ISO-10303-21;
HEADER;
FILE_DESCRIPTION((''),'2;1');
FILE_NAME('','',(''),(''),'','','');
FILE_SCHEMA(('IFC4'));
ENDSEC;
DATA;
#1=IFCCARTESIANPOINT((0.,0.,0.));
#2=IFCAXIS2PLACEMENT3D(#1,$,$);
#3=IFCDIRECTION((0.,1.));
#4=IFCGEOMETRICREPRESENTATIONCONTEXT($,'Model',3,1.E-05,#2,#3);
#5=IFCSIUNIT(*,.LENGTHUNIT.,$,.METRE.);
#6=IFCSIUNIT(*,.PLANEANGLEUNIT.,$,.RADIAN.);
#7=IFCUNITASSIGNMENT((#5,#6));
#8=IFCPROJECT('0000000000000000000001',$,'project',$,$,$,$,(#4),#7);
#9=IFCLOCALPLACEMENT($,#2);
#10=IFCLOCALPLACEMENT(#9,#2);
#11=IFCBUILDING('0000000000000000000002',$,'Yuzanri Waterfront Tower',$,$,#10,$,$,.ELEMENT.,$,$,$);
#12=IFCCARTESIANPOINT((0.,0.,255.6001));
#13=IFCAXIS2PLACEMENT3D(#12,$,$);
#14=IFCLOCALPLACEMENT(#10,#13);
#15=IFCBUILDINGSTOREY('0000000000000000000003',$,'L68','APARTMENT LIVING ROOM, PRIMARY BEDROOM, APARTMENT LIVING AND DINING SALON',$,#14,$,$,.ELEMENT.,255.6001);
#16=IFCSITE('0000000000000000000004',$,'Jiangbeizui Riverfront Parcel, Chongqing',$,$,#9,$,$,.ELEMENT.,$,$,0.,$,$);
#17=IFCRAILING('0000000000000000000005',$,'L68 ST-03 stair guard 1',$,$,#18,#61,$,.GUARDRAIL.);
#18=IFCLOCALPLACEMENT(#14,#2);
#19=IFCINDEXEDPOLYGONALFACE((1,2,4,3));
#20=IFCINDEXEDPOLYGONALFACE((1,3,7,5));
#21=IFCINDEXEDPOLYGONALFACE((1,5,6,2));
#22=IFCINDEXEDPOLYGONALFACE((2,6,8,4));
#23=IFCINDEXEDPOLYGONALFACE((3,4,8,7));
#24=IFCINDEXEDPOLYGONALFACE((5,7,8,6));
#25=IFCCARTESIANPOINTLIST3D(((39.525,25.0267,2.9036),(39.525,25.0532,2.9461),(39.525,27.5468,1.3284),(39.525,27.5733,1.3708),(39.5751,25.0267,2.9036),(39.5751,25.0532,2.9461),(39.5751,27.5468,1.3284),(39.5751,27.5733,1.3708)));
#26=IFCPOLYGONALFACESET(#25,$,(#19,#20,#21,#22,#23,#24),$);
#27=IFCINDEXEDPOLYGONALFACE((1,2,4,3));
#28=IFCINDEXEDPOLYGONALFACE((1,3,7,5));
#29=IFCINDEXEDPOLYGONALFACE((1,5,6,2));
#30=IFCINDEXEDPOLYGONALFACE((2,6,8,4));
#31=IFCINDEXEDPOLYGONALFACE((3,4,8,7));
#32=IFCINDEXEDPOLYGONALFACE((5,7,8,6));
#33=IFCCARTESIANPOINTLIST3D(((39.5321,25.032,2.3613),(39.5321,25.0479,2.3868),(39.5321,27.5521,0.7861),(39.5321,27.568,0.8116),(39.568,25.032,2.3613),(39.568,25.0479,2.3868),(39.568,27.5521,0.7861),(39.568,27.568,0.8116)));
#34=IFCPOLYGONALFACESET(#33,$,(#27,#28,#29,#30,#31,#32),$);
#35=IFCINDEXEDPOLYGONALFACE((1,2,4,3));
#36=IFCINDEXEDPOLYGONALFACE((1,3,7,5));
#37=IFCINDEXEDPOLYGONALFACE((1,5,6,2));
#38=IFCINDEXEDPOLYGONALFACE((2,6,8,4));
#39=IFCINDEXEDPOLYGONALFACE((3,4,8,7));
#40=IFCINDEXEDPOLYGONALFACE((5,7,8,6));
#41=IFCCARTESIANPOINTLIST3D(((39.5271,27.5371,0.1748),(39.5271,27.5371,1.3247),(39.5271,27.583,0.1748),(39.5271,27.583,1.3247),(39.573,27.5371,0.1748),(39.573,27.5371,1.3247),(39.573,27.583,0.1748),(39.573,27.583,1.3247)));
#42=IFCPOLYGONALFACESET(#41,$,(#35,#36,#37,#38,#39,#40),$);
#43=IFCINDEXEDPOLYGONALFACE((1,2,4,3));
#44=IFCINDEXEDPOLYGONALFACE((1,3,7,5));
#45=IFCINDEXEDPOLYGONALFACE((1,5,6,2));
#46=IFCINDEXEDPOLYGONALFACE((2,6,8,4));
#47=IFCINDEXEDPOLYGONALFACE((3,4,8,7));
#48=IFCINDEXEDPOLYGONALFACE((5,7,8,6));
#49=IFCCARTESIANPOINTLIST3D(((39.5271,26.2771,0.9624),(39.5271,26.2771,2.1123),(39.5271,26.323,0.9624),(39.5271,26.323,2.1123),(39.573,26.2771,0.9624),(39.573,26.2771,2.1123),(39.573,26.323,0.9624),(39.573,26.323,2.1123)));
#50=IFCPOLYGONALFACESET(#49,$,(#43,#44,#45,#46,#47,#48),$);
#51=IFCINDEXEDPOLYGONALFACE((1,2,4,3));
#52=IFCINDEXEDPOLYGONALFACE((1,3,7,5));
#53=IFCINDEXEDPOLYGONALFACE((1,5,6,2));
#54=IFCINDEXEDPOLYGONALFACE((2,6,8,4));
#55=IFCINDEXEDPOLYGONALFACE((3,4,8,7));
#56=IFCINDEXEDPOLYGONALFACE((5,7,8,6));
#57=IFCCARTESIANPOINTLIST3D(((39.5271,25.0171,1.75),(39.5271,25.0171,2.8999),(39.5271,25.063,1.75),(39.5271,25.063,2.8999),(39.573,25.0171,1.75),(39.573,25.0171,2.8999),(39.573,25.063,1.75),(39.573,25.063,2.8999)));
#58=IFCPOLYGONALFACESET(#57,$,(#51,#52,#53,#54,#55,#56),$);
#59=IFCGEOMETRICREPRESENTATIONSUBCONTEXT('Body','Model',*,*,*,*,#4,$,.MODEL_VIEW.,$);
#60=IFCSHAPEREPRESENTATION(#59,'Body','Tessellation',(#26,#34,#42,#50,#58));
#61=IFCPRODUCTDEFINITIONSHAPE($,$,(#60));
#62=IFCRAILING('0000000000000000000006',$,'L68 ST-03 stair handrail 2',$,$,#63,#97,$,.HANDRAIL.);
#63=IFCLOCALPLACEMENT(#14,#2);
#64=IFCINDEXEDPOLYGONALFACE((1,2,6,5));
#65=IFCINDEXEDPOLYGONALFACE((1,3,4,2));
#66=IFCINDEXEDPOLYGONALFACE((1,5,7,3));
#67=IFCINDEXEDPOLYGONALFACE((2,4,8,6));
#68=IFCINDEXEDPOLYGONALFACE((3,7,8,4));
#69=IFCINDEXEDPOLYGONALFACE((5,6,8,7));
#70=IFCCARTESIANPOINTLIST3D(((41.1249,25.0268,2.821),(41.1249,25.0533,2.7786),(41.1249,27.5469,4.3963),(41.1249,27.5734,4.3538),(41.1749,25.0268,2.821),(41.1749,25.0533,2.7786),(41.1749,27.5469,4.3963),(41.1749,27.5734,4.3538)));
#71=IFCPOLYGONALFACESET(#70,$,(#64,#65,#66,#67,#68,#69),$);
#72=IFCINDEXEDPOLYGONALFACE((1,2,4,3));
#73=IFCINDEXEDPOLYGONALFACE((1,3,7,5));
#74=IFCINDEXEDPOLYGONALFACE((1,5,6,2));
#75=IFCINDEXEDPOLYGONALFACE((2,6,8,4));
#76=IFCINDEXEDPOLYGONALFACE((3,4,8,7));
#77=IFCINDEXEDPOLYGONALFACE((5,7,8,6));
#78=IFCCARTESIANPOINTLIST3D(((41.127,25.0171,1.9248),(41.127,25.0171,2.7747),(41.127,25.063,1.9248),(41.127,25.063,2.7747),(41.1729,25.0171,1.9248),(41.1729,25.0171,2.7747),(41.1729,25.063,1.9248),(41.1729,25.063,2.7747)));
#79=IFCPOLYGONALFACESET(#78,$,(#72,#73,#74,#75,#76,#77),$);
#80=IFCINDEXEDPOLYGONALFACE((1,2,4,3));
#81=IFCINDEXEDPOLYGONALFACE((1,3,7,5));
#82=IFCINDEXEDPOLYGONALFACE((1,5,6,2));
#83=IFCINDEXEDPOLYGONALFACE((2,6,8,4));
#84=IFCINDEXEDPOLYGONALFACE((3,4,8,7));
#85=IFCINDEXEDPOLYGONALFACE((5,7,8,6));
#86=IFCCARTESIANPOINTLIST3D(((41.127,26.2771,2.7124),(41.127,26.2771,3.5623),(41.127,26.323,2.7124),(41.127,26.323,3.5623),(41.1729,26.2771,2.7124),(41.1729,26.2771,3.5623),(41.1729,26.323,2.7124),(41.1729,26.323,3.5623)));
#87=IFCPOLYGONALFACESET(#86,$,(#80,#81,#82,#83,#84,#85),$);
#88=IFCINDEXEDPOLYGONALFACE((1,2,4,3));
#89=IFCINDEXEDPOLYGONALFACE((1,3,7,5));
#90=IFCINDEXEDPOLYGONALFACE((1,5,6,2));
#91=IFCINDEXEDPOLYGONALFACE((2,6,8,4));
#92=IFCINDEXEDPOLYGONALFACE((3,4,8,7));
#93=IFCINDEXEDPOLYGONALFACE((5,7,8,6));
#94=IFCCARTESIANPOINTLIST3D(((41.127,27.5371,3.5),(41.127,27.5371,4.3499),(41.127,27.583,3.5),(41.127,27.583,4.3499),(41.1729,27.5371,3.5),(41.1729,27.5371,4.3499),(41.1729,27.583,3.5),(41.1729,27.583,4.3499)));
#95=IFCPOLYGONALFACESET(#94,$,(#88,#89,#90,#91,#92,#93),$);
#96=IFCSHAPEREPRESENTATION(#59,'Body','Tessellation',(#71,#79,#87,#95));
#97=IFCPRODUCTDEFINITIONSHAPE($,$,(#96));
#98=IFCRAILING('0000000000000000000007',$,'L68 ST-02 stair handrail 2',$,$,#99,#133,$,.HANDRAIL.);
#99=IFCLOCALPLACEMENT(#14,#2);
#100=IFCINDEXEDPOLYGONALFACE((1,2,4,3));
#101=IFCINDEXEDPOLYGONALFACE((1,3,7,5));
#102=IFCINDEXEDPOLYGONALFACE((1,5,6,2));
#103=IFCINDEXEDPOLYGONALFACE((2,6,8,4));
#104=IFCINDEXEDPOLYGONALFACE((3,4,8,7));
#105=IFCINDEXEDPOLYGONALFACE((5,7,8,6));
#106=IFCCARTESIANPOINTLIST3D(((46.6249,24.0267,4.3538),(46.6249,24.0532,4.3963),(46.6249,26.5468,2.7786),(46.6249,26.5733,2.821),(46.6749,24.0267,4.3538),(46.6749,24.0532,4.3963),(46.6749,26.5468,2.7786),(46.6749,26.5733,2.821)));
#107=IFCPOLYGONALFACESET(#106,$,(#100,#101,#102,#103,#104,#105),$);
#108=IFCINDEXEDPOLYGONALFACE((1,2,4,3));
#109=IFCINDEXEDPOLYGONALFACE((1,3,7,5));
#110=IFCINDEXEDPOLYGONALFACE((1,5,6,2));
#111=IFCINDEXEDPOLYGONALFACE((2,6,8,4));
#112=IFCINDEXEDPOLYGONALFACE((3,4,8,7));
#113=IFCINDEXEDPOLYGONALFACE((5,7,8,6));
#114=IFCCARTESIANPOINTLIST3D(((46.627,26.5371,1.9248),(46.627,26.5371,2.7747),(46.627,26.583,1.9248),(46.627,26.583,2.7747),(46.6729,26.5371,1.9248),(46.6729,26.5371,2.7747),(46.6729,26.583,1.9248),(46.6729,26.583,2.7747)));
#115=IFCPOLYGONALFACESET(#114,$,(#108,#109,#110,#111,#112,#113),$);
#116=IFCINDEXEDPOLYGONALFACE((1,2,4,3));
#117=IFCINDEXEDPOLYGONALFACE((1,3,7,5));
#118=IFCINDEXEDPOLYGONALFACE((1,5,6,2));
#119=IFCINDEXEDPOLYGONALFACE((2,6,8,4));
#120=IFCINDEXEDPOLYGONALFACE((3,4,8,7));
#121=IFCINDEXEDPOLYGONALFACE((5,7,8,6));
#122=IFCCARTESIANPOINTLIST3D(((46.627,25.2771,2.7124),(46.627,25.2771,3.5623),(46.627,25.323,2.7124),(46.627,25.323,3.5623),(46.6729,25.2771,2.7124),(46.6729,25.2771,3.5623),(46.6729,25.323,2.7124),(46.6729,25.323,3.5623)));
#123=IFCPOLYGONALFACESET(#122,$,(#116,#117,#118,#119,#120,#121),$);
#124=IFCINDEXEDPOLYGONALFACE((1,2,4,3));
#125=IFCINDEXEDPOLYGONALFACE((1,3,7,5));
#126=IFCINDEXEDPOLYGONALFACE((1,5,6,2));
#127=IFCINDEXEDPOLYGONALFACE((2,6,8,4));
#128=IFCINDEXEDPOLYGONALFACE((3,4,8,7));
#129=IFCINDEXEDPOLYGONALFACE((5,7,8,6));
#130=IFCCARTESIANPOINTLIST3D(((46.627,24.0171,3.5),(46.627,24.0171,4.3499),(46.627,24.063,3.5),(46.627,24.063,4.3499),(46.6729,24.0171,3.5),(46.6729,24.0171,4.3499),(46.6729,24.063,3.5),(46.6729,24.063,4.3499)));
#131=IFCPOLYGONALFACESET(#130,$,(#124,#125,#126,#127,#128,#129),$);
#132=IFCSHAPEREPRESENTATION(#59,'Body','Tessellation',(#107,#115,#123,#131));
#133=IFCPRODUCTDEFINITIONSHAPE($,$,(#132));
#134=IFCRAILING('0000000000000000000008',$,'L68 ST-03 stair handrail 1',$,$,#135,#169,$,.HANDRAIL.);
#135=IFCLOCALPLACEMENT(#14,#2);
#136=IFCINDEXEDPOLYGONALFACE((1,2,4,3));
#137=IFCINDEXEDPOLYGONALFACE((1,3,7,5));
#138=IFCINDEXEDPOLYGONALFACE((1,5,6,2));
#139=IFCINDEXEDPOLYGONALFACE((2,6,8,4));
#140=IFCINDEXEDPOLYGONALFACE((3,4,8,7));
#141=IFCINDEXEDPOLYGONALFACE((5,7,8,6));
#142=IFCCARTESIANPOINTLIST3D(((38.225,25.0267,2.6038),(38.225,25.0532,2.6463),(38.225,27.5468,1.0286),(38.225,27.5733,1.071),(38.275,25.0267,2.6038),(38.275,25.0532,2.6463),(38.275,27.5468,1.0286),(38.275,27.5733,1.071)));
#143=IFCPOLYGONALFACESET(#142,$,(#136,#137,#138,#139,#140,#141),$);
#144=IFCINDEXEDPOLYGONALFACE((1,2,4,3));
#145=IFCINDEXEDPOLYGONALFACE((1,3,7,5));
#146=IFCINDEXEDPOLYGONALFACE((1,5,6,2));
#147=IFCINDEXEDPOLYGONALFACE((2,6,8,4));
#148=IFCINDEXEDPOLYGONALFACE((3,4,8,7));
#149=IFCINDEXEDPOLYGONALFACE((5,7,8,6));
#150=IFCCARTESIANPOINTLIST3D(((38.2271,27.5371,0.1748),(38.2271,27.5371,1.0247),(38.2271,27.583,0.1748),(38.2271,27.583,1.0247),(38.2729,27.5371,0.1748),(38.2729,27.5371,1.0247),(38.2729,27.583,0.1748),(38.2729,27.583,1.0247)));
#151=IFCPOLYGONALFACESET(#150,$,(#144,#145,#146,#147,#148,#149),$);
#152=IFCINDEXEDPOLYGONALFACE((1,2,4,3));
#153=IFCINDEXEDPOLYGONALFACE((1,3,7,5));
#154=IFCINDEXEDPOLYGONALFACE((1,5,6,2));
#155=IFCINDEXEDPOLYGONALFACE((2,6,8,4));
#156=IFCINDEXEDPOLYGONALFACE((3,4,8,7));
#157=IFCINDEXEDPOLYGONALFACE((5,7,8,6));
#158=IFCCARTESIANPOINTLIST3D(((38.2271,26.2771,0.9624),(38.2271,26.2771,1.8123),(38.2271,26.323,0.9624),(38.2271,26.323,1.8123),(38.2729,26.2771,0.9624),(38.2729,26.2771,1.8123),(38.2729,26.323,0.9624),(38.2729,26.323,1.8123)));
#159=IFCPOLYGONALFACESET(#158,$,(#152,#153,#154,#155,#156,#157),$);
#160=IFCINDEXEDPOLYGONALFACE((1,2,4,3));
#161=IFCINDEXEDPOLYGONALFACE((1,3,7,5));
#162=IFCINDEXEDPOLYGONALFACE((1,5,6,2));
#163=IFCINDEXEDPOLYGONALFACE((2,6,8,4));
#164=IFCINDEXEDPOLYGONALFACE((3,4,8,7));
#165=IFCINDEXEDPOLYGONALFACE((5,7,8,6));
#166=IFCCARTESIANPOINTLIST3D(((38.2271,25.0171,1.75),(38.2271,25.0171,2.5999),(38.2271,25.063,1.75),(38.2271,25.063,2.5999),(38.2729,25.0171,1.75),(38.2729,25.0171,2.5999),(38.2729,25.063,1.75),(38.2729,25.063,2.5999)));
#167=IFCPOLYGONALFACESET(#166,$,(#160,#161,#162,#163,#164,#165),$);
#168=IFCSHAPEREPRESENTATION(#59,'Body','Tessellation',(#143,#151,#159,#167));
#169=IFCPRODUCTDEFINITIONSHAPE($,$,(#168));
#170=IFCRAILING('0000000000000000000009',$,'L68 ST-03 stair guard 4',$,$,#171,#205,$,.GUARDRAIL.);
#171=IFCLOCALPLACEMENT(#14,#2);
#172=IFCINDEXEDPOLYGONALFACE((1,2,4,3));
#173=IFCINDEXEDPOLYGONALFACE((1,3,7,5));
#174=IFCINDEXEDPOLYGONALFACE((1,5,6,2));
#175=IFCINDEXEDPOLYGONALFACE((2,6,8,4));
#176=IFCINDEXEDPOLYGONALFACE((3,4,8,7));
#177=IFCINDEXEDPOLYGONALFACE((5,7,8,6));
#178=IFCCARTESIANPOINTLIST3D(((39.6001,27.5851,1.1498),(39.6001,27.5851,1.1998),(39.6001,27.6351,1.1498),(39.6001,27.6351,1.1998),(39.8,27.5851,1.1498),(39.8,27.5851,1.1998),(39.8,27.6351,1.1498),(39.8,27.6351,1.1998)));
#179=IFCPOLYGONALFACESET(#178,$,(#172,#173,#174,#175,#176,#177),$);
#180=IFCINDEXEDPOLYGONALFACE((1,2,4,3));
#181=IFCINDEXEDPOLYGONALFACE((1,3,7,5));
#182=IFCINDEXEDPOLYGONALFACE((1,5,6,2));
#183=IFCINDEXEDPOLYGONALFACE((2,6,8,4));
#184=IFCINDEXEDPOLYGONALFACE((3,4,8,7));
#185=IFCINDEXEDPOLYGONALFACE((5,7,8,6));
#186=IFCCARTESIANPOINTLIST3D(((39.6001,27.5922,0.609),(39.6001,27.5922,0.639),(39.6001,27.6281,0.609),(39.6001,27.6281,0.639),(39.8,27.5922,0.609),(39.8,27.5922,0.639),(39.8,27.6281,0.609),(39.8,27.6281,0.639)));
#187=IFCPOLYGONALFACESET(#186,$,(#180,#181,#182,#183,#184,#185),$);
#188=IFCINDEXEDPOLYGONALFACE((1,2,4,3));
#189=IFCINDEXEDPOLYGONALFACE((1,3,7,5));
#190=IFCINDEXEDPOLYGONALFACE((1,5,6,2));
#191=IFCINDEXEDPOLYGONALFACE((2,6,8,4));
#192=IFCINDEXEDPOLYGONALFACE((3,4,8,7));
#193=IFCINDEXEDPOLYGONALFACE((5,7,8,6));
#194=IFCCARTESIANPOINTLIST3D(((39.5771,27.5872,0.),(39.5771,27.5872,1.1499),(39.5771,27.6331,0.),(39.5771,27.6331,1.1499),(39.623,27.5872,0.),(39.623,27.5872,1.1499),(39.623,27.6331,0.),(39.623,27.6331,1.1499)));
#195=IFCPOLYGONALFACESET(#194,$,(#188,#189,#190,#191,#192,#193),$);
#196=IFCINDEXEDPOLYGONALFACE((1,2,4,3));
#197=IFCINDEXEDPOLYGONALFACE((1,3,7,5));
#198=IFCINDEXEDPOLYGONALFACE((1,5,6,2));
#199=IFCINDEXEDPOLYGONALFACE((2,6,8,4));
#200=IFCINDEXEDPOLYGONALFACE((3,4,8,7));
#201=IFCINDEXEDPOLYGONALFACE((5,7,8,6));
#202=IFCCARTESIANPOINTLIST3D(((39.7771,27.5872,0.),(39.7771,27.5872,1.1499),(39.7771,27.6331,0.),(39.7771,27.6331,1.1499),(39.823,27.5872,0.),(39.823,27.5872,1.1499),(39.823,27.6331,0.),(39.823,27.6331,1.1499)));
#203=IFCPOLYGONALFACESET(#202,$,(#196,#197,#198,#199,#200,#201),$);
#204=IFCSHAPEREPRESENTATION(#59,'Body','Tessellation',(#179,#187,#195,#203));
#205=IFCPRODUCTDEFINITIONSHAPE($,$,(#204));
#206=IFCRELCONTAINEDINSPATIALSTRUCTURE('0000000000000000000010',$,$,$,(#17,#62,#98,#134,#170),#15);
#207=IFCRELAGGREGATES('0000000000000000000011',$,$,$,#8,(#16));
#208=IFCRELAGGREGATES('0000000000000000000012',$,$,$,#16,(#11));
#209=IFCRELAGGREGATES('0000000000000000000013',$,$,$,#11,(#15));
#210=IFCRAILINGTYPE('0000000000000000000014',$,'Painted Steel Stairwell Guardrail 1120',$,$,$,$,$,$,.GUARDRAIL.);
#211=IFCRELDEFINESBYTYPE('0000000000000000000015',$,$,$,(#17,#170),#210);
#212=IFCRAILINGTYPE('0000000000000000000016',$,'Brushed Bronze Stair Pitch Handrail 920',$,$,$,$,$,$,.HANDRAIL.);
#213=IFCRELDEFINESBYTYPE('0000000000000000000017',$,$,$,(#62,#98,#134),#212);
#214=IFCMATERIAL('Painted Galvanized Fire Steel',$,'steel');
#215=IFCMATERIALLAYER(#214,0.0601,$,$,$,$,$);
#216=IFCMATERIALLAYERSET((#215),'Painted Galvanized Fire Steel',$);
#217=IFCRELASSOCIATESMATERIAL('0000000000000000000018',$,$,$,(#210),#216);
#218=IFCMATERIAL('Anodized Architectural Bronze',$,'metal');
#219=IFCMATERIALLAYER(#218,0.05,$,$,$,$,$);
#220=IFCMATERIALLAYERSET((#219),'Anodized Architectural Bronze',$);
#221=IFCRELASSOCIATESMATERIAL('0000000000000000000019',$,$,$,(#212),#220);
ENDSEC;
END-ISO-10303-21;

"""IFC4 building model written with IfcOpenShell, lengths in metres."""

from ifc_helpers import new_model, si_unit, direction, frame, origin, origin_2d, place, context, subcontext, project, spatial, rectangle, extrude, source, transform, mapped, material, layer, layer_set, type_object, element, save


model = new_model("IFC4")

# Units and contexts
model_context = context("Model", 3, precision=1e-05, world=origin(), true_north=direction((0.0, 1.0)))
body_context = subcontext(model_context, "Body", "Model", "MODEL_VIEW")
ifc_project = project(units=[si_unit("LENGTHUNIT", "METRE"), si_unit("PLANEANGLEUNIT", "RADIAN")], contexts=[model_context])

# Site, building, storey
site_placement = place(None, origin())
site = spatial("IfcSite", under=ifc_project, at=site_placement, Name="Jiangbeizui Riverfront Parcel, Chongqing", CompositionType="ELEMENT", RefElevation=0.0)
building_placement = place(site_placement, origin())
building = spatial("IfcBuilding", under=site, at=building_placement, Name="Yuzanri Waterfront Tower", CompositionType="ELEMENT")
storey_placement = place(building_placement, frame((0.0, 0.0, 255.6001)))
storey = spatial("IfcBuildingStorey", under=building, at=storey_placement, Name="L68", Description="APARTMENT LIVING ROOM, PRIMARY BEDROOM, APARTMENT LIVING AND DINING SALON", CompositionType="ELEMENT", Elevation=255.6001)

# Railings
ifc_material_1 = material(Name="Painted Galvanized Fire Steel", Category="steel")
ifc_layer_1 = layer(ifc_material_1, 0.0601)
ifc_layer_set_1 = layer_set([ifc_layer_1], Name="Painted Galvanized Fire Steel")
railing_type_1 = type_object("IfcRailingType", Name="Painted Steel Stairwell Guardrail 1120", PredefinedType="GUARDRAIL", material=ifc_layer_set_1)
shared_shape_1 = source(origin(), body_context, "Body", "SweptSolid", [
    extrude(rectangle(XDim=0.05, YDim=0.05, at=origin_2d()), frame((0.0, 0.0, 1.1748), z_axis=(0.0, -0.847971, 0.530043), x_axis=(1.0, 0.0, 0.0)), (0.0, 0.0, 1.0), 2.9719),
    extrude(rectangle(XDim=0.0359, YDim=0.03, at=origin_2d()), frame((0.0, 0.0, 0.624), z_axis=(0.0, -0.847971, 0.530043), x_axis=(1.0, 0.0, 0.0)), (0.0, 0.0, 1.0), 2.9719),
    extrude(rectangle(XDim=0.0459, YDim=0.0459, at=origin_2d()), origin(), (0.0, 0.0, 1.0), 1.1499),
    extrude(rectangle(XDim=0.0459, YDim=0.0459, at=origin_2d()), frame((0.0, -1.26, 0.7876)), (0.0, 0.0, 1.0), 1.1499),
    extrude(rectangle(XDim=0.0459, YDim=0.0459, at=origin_2d()), frame((0.0, -2.52, 1.5752)), (0.0, 0.0, 1.0), 1.1499),
])
for number, where, name in (
    (1, (39.55, 27.5601, 0.1748), "L68 ST-03 stair guard 1"),
):
    element("IfcRailing", number, at=place(storey_placement, frame(where)), inside=storey, type_object=railing_type_1, Name=name, PredefinedType="GUARDRAIL", context=body_context, shape_type="MappedRepresentation", body=[
        mapped(shared_shape_1, transform((0.0, 0.0, 0.0), scale=1.0)),
    ])
ifc_material_2 = material(Name="Anodized Architectural Bronze", Category="metal")
ifc_layer_2 = layer(ifc_material_2, 0.05)
ifc_layer_set_2 = layer_set([ifc_layer_2], Name="Anodized Architectural Bronze")
railing_type_2 = type_object("IfcRailingType", Name="Brushed Bronze Stair Pitch Handrail 920", PredefinedType="HANDRAIL", material=ifc_layer_set_2)
shared_shape_2 = source(origin(), body_context, "Body", "SweptSolid", [
    extrude(rectangle(XDim=0.05, YDim=0.05, at=origin_2d()), frame((0.0, 0.0, 0.875), z_axis=(0.0, 0.847971, 0.530043), x_axis=(-1.0, 0.0, 0.0)), (0.0, 0.0, 1.0), 2.9719),
    extrude(rectangle(XDim=0.0459, YDim=0.0459, at=origin_2d()), origin(), (0.0, 0.0, 1.0), 0.8499),
    extrude(rectangle(XDim=0.0459, YDim=0.0459, at=origin_2d()), frame((0.0, 1.26, 0.7876)), (0.0, 0.0, 1.0), 0.8499),
    extrude(rectangle(XDim=0.0459, YDim=0.0459, at=origin_2d()), frame((0.0, 2.52, 1.5752)), (0.0, 0.0, 1.0), 0.8499),
])
railing_1_placement = place(storey_placement, frame((41.1499, 25.04, 1.9248)))
element("IfcRailing", 2, at=railing_1_placement, inside=storey, type_object=railing_type_2, Name="L68 ST-03 stair handrail 2", PredefinedType="HANDRAIL", context=body_context, shape_type="MappedRepresentation", body=[
    mapped(shared_shape_2, transform((0.0, 0.0, 0.0), scale=1.0)),
])
shared_shape_3 = source(origin(), body_context, "Body", "SweptSolid", [
    extrude(rectangle(XDim=0.05, YDim=0.05, at=origin_2d()), frame((0.0, 0.0, 0.875), z_axis=(0.0, -0.847971, 0.530043), x_axis=(1.0, 0.0, 0.0)), (0.0, 0.0, 1.0), 2.9719),
    extrude(rectangle(XDim=0.0459, YDim=0.0459, at=origin_2d()), origin(), (0.0, 0.0, 1.0), 0.8499),
    extrude(rectangle(XDim=0.0459, YDim=0.0459, at=origin_2d()), frame((0.0, -1.26, 0.7876)), (0.0, 0.0, 1.0), 0.8499),
    extrude(rectangle(XDim=0.0459, YDim=0.0459, at=origin_2d()), frame((0.0, -2.52, 1.5752)), (0.0, 0.0, 1.0), 0.8499),
])
for number, where, name in (
    (3, (46.6499, 26.5601, 1.9248), "L68 ST-02 stair handrail 2"),
    (4, (38.25, 27.5601, 0.1748), "L68 ST-03 stair handrail 1"),
):
    element("IfcRailing", number, at=place(storey_placement, frame(where)), inside=storey, type_object=railing_type_2, Name=name, PredefinedType="HANDRAIL", context=body_context, shape_type="MappedRepresentation", body=[
        mapped(shared_shape_3, transform((0.0, 0.0, 0.0), scale=1.0)),
    ])
shared_shape_4 = source(origin(), body_context, "Body", "SweptSolid", [
    extrude(rectangle(XDim=0.05, YDim=0.05, at=origin_2d()), frame((0.0, 0.0, 1.1748), z_axis=(1.0, 0.0, 0.0), x_axis=(0.0, 1.0, 0.0)), (0.0, 0.0, 1.0), 0.2),
    extrude(rectangle(XDim=0.0359, YDim=0.03, at=origin_2d()), frame((0.0, 0.0, 0.624), z_axis=(1.0, 0.0, 0.0), x_axis=(0.0, 1.0, 0.0)), (0.0, 0.0, 1.0), 0.2),
    extrude(rectangle(XDim=0.0459, YDim=0.0459, at=origin_2d()), origin(), (0.0, 0.0, 1.0), 1.1499),
    extrude(rectangle(XDim=0.0459, YDim=0.0459, at=origin_2d()), frame((0.2, 0.0, 0.0)), (0.0, 0.0, 1.0), 1.1499),
])
railing_2_placement = place(storey_placement, frame((39.6001, 27.6101, 0.0)))
element("IfcRailing", 5, at=railing_2_placement, inside=storey, type_object=railing_type_1, Name="L68 ST-03 stair guard 4", PredefinedType="GUARDRAIL", context=body_context, shape_type="MappedRepresentation", body=[
    mapped(shared_shape_4, transform((0.0, 0.0, 0.0), scale=1.0)),
])

save(model, "model.ifc")
